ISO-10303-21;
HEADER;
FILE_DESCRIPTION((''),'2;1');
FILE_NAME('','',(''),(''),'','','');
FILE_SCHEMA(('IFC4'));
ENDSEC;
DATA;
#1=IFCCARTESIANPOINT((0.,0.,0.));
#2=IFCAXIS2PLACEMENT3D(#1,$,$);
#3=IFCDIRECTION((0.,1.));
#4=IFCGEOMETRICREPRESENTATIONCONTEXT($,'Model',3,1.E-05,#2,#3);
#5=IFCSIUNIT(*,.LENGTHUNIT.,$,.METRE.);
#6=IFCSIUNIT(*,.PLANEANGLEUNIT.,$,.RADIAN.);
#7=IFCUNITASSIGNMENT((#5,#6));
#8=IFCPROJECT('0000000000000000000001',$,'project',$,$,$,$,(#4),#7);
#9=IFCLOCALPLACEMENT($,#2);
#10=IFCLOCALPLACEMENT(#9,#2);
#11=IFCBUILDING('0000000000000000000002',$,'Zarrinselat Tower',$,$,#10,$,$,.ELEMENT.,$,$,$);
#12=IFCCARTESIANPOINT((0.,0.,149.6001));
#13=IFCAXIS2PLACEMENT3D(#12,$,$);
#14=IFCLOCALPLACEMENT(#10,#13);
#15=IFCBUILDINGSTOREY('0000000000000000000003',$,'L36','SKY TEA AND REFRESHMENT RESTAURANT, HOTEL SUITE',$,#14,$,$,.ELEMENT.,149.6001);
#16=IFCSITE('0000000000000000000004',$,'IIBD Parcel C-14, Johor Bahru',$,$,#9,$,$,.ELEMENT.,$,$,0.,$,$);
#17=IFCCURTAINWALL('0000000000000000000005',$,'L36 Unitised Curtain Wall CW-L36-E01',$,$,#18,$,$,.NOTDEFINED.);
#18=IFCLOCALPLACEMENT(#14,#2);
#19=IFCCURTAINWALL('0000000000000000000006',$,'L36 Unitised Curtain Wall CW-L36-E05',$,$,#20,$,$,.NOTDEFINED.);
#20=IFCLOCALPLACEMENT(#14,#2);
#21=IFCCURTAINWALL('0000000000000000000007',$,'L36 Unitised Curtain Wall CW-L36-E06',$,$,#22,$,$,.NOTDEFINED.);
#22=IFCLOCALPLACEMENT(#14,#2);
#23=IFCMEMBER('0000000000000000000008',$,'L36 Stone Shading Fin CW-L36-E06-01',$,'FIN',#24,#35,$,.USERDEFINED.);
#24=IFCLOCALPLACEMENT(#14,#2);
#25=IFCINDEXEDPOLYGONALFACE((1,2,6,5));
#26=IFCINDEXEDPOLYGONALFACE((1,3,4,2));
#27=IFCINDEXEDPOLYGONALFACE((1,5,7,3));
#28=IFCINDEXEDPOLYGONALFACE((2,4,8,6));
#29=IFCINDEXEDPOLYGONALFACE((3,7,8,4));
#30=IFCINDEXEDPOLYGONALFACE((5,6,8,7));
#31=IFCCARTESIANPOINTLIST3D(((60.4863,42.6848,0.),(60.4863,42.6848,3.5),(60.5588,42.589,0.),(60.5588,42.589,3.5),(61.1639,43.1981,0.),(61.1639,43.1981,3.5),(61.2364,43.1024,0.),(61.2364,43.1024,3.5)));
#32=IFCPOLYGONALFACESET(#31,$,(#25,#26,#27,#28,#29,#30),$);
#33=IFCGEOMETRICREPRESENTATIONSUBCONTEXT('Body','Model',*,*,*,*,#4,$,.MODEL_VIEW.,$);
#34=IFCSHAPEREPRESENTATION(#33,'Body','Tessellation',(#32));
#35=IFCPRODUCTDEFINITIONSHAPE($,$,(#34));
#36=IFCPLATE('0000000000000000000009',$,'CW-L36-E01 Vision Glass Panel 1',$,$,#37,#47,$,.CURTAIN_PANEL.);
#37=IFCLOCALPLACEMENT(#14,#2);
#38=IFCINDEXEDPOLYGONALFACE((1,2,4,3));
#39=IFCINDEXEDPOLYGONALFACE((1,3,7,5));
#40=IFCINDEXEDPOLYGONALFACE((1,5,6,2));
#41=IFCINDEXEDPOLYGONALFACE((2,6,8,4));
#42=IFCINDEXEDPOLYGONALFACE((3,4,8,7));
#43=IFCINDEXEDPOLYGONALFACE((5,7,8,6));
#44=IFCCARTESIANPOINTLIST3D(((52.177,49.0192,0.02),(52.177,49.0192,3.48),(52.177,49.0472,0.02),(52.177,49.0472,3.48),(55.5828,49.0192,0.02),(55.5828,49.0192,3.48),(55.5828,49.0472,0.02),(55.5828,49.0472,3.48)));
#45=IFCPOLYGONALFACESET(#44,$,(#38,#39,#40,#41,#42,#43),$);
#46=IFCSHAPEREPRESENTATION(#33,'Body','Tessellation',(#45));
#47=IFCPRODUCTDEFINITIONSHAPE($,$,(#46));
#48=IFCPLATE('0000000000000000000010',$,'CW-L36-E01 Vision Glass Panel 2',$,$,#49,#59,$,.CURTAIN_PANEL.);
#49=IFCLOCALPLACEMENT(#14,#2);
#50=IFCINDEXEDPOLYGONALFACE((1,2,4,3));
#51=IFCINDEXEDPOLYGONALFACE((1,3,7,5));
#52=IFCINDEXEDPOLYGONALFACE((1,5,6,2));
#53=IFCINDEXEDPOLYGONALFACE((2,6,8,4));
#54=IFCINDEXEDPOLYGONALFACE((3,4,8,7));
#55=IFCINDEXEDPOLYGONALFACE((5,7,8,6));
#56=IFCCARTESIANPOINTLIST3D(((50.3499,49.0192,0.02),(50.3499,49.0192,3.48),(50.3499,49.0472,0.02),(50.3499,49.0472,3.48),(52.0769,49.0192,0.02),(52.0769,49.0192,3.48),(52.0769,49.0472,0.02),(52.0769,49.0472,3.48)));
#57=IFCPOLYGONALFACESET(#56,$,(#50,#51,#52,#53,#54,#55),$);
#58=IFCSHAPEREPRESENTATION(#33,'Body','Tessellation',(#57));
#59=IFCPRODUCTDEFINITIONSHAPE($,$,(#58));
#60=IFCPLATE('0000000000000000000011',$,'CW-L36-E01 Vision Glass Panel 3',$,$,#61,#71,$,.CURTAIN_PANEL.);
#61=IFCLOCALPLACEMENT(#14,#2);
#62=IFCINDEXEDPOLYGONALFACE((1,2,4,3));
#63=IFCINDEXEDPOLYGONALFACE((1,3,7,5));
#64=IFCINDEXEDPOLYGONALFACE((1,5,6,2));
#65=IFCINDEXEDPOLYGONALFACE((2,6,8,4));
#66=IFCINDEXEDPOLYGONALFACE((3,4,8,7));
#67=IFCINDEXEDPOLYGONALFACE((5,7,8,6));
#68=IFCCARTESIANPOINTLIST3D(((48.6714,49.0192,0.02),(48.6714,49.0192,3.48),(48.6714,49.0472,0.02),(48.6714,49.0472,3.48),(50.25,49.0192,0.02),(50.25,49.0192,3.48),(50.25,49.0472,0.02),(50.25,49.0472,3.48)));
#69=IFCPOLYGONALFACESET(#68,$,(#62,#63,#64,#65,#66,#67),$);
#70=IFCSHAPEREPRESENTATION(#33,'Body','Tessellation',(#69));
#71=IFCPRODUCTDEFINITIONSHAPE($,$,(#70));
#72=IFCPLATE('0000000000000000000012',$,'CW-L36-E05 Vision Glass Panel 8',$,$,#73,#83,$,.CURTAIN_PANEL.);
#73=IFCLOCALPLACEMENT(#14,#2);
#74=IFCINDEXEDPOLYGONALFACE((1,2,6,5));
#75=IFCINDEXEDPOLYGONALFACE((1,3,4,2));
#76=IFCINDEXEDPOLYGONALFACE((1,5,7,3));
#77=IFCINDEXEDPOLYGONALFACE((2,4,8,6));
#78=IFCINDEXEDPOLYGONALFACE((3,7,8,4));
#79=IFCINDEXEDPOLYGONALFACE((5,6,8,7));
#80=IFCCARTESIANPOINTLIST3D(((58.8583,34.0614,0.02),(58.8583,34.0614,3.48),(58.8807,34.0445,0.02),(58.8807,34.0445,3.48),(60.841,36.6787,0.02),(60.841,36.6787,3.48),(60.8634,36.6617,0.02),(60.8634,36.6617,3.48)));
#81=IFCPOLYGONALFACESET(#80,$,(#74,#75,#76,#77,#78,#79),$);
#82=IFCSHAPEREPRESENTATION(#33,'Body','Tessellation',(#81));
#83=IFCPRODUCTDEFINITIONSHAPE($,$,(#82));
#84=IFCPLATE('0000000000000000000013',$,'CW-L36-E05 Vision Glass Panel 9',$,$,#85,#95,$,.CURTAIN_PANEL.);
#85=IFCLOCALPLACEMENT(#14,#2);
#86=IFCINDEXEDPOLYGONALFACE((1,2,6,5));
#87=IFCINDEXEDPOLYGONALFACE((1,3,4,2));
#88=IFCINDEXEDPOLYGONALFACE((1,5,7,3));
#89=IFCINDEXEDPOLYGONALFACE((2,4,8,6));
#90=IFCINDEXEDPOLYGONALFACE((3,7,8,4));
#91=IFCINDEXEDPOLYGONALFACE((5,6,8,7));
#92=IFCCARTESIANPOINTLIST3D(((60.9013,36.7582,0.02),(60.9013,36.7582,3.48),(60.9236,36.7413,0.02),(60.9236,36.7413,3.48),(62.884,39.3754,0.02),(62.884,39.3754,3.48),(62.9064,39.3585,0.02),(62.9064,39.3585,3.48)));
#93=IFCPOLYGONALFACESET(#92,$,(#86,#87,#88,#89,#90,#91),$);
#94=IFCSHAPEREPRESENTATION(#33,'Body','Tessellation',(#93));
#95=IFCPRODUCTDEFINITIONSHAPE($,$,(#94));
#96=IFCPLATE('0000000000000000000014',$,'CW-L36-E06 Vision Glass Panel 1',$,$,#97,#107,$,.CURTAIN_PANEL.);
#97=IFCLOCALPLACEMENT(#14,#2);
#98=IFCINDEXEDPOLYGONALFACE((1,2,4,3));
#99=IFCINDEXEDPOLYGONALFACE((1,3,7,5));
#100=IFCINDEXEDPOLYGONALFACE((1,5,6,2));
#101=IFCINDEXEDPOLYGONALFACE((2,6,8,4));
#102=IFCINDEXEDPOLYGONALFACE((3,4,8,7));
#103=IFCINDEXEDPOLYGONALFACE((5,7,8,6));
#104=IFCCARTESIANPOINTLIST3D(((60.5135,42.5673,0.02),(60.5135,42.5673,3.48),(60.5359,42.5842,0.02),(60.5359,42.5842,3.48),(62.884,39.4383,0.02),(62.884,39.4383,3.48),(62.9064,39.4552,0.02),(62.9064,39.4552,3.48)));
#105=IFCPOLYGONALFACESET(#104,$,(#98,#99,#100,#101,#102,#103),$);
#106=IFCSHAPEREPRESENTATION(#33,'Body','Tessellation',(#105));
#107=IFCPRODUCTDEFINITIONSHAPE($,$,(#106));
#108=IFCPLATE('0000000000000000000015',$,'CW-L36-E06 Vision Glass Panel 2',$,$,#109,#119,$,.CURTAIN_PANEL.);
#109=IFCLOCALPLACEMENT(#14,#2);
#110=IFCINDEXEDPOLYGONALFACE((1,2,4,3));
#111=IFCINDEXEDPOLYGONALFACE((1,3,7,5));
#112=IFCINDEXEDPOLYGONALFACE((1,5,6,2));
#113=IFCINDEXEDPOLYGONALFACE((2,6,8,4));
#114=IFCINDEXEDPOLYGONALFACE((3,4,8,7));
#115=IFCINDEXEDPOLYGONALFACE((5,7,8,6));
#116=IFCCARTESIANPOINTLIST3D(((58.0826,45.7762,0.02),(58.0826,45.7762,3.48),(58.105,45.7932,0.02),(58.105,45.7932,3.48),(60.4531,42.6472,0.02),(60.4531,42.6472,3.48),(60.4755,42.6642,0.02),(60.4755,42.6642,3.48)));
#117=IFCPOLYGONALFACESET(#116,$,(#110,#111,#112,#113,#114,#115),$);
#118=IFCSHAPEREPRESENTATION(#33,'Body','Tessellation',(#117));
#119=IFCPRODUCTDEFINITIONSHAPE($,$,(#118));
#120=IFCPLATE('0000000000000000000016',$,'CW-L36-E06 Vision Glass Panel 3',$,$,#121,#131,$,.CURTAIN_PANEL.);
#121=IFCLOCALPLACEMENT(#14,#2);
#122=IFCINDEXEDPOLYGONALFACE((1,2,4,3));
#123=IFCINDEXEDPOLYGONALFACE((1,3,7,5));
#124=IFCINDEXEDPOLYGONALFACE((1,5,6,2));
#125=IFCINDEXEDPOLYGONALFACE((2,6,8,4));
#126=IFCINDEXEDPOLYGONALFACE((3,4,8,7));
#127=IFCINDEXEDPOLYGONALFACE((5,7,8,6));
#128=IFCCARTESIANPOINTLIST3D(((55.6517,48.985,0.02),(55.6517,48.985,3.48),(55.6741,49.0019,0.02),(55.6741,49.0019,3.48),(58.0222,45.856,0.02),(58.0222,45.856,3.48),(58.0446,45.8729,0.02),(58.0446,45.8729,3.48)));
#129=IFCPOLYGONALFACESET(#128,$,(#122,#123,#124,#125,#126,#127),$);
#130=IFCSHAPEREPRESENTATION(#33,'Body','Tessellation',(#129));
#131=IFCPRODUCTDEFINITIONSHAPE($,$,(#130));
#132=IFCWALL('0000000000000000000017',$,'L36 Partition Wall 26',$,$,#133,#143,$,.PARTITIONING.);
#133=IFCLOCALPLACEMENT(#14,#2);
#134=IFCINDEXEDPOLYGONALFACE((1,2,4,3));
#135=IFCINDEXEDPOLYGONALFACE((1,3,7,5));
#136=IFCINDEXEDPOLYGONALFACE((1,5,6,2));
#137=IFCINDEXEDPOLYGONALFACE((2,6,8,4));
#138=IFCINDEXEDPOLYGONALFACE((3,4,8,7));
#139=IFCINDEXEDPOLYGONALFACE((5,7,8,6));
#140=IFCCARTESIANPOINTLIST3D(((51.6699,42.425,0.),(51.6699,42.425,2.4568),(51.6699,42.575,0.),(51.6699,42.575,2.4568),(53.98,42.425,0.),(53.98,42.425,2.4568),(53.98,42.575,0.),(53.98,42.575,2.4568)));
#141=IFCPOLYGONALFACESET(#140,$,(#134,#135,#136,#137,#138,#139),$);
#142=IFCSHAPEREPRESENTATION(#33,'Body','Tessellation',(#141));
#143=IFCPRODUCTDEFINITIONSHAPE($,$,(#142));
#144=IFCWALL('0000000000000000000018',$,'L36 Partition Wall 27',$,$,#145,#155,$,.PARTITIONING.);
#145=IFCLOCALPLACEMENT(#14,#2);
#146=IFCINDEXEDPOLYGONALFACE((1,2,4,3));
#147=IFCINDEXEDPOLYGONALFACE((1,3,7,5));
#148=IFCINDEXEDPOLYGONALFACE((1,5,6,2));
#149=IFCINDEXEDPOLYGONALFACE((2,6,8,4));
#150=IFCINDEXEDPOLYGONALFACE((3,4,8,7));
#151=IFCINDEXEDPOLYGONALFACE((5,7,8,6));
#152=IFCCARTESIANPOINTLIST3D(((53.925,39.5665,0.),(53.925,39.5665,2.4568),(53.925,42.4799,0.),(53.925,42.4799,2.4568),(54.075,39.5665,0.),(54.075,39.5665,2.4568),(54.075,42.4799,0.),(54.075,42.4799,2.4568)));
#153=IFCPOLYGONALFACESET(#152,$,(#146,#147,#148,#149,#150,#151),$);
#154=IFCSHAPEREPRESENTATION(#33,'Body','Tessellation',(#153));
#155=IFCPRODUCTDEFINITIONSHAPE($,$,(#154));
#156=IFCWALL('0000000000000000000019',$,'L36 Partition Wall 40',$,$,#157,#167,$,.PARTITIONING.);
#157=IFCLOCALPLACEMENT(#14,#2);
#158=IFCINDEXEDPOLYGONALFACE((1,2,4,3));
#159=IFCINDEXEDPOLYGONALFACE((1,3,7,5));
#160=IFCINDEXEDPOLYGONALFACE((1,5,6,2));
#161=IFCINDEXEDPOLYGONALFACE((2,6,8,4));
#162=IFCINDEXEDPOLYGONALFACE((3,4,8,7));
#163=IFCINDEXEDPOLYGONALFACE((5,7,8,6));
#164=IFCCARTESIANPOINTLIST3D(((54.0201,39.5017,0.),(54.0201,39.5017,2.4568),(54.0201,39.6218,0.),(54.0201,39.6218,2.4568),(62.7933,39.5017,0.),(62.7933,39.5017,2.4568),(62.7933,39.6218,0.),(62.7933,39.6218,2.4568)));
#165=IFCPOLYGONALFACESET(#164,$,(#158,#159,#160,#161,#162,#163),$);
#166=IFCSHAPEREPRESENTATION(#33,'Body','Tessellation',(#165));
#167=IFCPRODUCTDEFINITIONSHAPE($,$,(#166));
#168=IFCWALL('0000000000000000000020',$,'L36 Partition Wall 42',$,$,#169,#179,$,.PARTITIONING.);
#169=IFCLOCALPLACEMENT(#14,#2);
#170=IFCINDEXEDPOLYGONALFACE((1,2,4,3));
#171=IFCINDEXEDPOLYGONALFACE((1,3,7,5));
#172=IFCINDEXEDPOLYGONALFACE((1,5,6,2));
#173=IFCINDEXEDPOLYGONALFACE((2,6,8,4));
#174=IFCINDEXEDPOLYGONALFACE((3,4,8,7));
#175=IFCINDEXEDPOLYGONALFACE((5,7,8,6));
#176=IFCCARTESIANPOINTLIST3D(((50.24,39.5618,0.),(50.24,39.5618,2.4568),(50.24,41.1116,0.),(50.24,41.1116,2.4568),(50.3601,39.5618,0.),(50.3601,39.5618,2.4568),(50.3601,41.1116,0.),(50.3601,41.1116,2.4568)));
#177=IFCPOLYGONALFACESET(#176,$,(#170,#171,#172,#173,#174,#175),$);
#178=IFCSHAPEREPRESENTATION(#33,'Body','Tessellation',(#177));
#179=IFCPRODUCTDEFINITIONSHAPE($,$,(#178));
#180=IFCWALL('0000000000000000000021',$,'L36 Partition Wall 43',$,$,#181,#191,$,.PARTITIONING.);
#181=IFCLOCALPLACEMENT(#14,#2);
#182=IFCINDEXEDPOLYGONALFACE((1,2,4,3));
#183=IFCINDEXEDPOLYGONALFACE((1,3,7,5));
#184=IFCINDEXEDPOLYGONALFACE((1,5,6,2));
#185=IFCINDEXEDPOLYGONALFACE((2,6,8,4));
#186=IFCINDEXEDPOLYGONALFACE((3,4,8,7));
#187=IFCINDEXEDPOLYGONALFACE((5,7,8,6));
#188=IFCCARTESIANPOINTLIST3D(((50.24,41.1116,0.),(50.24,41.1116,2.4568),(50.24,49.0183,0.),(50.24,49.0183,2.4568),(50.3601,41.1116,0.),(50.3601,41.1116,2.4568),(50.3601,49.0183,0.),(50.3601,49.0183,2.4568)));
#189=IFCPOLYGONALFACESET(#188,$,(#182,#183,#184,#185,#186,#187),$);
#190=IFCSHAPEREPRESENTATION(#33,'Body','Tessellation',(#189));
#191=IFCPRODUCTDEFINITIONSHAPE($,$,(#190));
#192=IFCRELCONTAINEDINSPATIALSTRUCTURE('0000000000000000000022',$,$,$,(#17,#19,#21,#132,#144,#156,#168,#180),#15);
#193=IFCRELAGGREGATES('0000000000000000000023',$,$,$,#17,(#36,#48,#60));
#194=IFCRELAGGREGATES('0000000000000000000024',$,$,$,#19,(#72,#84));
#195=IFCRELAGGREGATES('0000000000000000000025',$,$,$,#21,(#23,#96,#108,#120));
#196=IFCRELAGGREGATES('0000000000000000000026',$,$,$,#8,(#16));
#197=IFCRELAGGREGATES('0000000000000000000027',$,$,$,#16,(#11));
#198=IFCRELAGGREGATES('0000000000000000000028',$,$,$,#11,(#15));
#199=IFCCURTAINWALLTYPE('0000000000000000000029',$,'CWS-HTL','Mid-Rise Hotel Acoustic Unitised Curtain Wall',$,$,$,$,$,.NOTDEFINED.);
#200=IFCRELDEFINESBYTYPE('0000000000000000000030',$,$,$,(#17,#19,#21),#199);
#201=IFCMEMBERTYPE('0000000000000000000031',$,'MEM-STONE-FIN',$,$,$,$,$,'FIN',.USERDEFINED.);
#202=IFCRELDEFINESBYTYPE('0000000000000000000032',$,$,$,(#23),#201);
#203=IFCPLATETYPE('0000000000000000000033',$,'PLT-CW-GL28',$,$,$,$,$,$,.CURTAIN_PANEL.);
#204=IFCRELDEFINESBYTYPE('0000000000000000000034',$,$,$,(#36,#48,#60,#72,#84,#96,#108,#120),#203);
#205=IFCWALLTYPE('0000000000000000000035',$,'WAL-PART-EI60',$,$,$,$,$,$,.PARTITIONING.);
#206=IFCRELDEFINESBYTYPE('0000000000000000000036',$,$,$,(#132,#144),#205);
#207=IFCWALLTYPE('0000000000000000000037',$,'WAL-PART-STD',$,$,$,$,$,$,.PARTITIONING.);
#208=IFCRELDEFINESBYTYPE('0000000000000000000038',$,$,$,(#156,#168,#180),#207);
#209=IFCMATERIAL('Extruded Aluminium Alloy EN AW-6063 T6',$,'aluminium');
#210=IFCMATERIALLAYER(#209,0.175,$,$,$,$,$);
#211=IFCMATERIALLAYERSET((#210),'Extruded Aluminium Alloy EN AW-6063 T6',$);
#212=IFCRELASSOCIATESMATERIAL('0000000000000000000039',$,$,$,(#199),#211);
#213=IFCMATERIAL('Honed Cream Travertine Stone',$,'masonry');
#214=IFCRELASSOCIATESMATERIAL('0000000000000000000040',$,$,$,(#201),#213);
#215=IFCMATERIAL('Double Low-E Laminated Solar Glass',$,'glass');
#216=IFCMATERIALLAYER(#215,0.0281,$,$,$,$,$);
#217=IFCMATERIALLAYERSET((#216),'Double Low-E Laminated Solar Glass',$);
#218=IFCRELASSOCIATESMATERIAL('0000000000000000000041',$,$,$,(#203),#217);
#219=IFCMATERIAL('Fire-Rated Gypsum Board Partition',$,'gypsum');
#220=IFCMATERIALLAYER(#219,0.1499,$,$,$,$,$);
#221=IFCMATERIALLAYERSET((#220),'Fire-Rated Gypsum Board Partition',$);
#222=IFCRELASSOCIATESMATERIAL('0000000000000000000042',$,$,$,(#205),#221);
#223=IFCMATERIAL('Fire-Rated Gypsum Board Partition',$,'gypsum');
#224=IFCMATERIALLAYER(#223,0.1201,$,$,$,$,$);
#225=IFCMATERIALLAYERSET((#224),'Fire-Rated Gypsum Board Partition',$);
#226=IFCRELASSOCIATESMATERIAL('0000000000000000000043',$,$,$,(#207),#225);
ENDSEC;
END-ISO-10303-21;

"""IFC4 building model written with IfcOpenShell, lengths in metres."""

from ifc_helpers import new_model, si_unit, direction, frame, frame_2d, origin, origin_2d, place, context, subcontext, project, spatial, rectangle, extrude, material, layer, layer_set, material_profile, profile_set, type_object, element, aggregate, save


model = new_model("IFC4")

# Units and contexts
model_context = context("Model", 3, precision=1e-05, world=origin(), true_north=direction((0.0, 1.0)))
body_context = subcontext(model_context, "Body", "Model", "MODEL_VIEW")
ifc_project = project(units=[si_unit("LENGTHUNIT", "METRE"), si_unit("PLANEANGLEUNIT", "RADIAN")], contexts=[model_context])

# Site, building, storey
site_placement = place(None, origin())
site = spatial("IfcSite", under=ifc_project, at=site_placement, Name="IIBD Parcel C-14, Johor Bahru", CompositionType="ELEMENT", RefElevation=0.0)
building_placement = place(site_placement, origin())
building = spatial("IfcBuilding", under=site, at=building_placement, Name="Zarrinselat Tower", CompositionType="ELEMENT")
storey_placement = place(building_placement, frame((0.0, 0.0, 149.6001)))
storey = spatial("IfcBuildingStorey", under=building, at=storey_placement, Name="L36", Description="SKY TEA AND REFRESHMENT RESTAURANT, HOTEL SUITE", CompositionType="ELEMENT", Elevation=149.6001)

# Curtain walls
ifc_material_1 = material(Name="Extruded Aluminium Alloy EN AW-6063 T6", Category="aluminium")
ifc_layer_1 = layer(ifc_material_1, 0.175)
ifc_layer_set_1 = layer_set([ifc_layer_1], Name="Extruded Aluminium Alloy EN AW-6063 T6")
curtain_wall_type = type_object("IfcCurtainWallType", Name="CWS-HTL", Description="Mid-Rise Hotel Acoustic Unitised Curtain Wall", PredefinedType="NOTDEFINED", material=ifc_layer_set_1)
curtain_wall_1_placement = place(storey_placement, origin())
curtain_wall_1 = element("IfcCurtainWall", 1, at=curtain_wall_1_placement, inside=storey, type_object=curtain_wall_type, Name="L36 Unitised Curtain Wall CW-L36-E01", PredefinedType="NOTDEFINED")
curtain_wall_2_placement = place(storey_placement, origin())
curtain_wall_2 = element("IfcCurtainWall", 2, at=curtain_wall_2_placement, inside=storey, type_object=curtain_wall_type, Name="L36 Unitised Curtain Wall CW-L36-E05", PredefinedType="NOTDEFINED")
curtain_wall_3_placement = place(storey_placement, origin())
curtain_wall_3 = element("IfcCurtainWall", 3, at=curtain_wall_3_placement, inside=storey, type_object=curtain_wall_type, Name="L36 Unitised Curtain Wall CW-L36-E06", PredefinedType="NOTDEFINED")

# Member
ifc_material_2 = material(Name="Honed Cream Travertine Stone", Category="masonry")
ifc_material_profile_1 = material_profile(ifc_material_2, rectangle(XDim=0.1201, YDim=0.8501, at=origin_2d()), Name="FIN 850x120")
ifc_profile_set_1 = profile_set([ifc_material_profile_1], Name="Honed Cream Travertine Stone")
member_type_1 = type_object("IfcMemberType", Name="MEM-STONE-FIN", ElementType="FIN", PredefinedType="USERDEFINED", material=ifc_profile_set_1)
member_1_placement = place(storey_placement, frame((60.8613, 42.8936, 0.0), z_axis=(0.0, 0.0, 1.0), x_axis=(0.603862, -0.797089, 0.0)))
member_1 = element("IfcMember", 4, at=member_1_placement, type_object=member_type_1, Name="L36 Stone Shading Fin CW-L36-E06-01", ObjectType="FIN", PredefinedType="USERDEFINED", context=body_context, shape_type="SweptSolid", body=[
    extrude(rectangle(XDim=0.1201, YDim=0.8501, at=origin_2d()), origin(), (0.0, 0.0, 1.0), 3.5),
])

# Plates
ifc_material_3 = material(Name="Double Low-E Laminated Solar Glass", Category="glass")
ifc_layer_2 = layer(ifc_material_3, 0.0281)
ifc_layer_set_2 = layer_set([ifc_layer_2], Name="Double Low-E Laminated Solar Glass")
plate_type = type_object("IfcPlateType", Name="PLT-CW-GL28", PredefinedType="CURTAIN_PANEL", material=ifc_layer_set_2)
plate_1_placement = place(storey_placement, frame((53.8799, 49.0332, 0.02), z_axis=(0.0, 0.0, 1.0), x_axis=(-1.0, 0.0, 0.0)))
plate_1 = element("IfcPlate", 5, at=plate_1_placement, type_object=plate_type, Name="CW-L36-E01 Vision Glass Panel 1", PredefinedType="CURTAIN_PANEL", context=body_context, shape_type="SweptSolid", body=[
    extrude(rectangle(XDim=3.4058, YDim=0.0281, at=origin_2d()), origin(), (0.0, 0.0, 1.0), 3.46),
])
plate_2_placement = place(storey_placement, frame((51.2134, 49.0332, 0.02), z_axis=(0.0, 0.0, 1.0), x_axis=(-1.0, 0.0, 0.0)))
plate_2 = element("IfcPlate", 6, at=plate_2_placement, type_object=plate_type, Name="CW-L36-E01 Vision Glass Panel 2", PredefinedType="CURTAIN_PANEL", context=body_context, shape_type="SweptSolid", body=[
    extrude(rectangle(XDim=1.7271, YDim=0.0281, at=origin_2d()), origin(), (0.0, 0.0, 1.0), 3.46),
])
plate_3_placement = place(storey_placement, frame((49.4607, 49.0332, 0.02), z_axis=(0.0, 0.0, 1.0), x_axis=(-1.0, 0.0, 0.0)))
plate_3 = element("IfcPlate", 7, at=plate_3_placement, type_object=plate_type, Name="CW-L36-E01 Vision Glass Panel 3", PredefinedType="CURTAIN_PANEL", context=body_context, shape_type="SweptSolid", body=[
    extrude(rectangle(XDim=1.5786, YDim=0.0281, at=origin_2d()), origin(), (0.0, 0.0, 1.0), 3.46),
])
aggregate(curtain_wall_1, [plate_1, plate_2, plate_3])
plate_4_placement = place(storey_placement, frame((59.8608, 35.3616, 0.02), z_axis=(0.0, 0.0, 1.0), x_axis=(0.603858, 0.797092, 0.0)))
plate_4 = element("IfcPlate", 8, at=plate_4_placement, type_object=plate_type, Name="CW-L36-E05 Vision Glass Panel 8", PredefinedType="CURTAIN_PANEL", context=body_context, shape_type="SweptSolid", body=[
    extrude(rectangle(XDim=3.2834, YDim=0.0281, at=origin_2d()), origin(), (0.0, 0.0, 1.0), 3.46),
])
plate_5_placement = place(storey_placement, frame((61.9038, 38.0583, 0.02), z_axis=(0.0, 0.0, 1.0), x_axis=(0.603858, 0.797092, 0.0)))
plate_5 = element("IfcPlate", 9, at=plate_5_placement, type_object=plate_type, Name="CW-L36-E05 Vision Glass Panel 9", PredefinedType="CURTAIN_PANEL", context=body_context, shape_type="SweptSolid", body=[
    extrude(rectangle(XDim=3.2834, YDim=0.0281, at=origin_2d()), origin(), (0.0, 0.0, 1.0), 3.46),
])
aggregate(curtain_wall_2, [plate_4, plate_5])
plate_6_placement = place(storey_placement, frame((61.71, 41.0112, 0.02), z_axis=(0.0, 0.0, 1.0), x_axis=(-0.603862, 0.797089, 0.0)))
plate_6 = element("IfcPlate", 10, at=plate_6_placement, type_object=plate_type, Name="CW-L36-E06 Vision Glass Panel 1", PredefinedType="CURTAIN_PANEL", context=body_context, shape_type="SweptSolid", body=[
    extrude(rectangle(XDim=3.9255, YDim=0.0281, at=origin_2d()), origin(), (0.0, 0.0, 1.0), 3.46),
])
plate_7_placement = place(storey_placement, frame((59.2791, 44.2202, 0.02), z_axis=(0.0, 0.0, 1.0), x_axis=(-0.603862, 0.797089, 0.0)))
plate_7 = element("IfcPlate", 11, at=plate_7_placement, type_object=plate_type, Name="CW-L36-E06 Vision Glass Panel 2", PredefinedType="CURTAIN_PANEL", context=body_context, shape_type="SweptSolid", body=[
    extrude(rectangle(XDim=3.9255, YDim=0.0281, at=origin_2d()), origin(), (0.0, 0.0, 1.0), 3.46),
])
plate_8_placement = place(storey_placement, frame((56.8481, 47.429, 0.02), z_axis=(0.0, 0.0, 1.0), x_axis=(-0.603862, 0.797089, 0.0)))
plate_8 = element("IfcPlate", 12, at=plate_8_placement, type_object=plate_type, Name="CW-L36-E06 Vision Glass Panel 3", PredefinedType="CURTAIN_PANEL", context=body_context, shape_type="SweptSolid", body=[
    extrude(rectangle(XDim=3.9255, YDim=0.0281, at=origin_2d()), origin(), (0.0, 0.0, 1.0), 3.46),
])
aggregate(curtain_wall_3, [member_1, plate_6, plate_7, plate_8])

# Walls
ifc_material_4 = material(Name="Fire-Rated Gypsum Board Partition", Category="gypsum")
ifc_layer_3 = layer(ifc_material_4, 0.1499)
ifc_layer_set_3 = layer_set([ifc_layer_3], Name="Fire-Rated Gypsum Board Partition")
wall_type_1 = type_object("IfcWallType", Name="WAL-PART-EI60", PredefinedType="PARTITIONING", material=ifc_layer_set_3)
wall_1_placement = place(storey_placement, frame((51.6699, 42.5, 0.0), z_axis=(0.0, 0.0, 1.0), x_axis=(1.0, 0.0, 0.0)))
element("IfcWall", 13, at=wall_1_placement, inside=storey, type_object=wall_type_1, Name="L36 Partition Wall 26", PredefinedType="PARTITIONING", context=body_context, shape_type="SweptSolid", body=[
    extrude(rectangle(XDim=2.3101, YDim=0.1499, at=frame_2d((1.155, 0.0))), origin(), (0.0, 0.0, 1.0), 2.4568),
])
wall_2_placement = place(storey_placement, frame((54.0, 39.5667, 0.0), z_axis=(0.0, 0.0, 1.0), x_axis=(0.0, 1.0, 0.0)))
element("IfcWall", 14, at=wall_2_placement, inside=storey, type_object=wall_type_1, Name="L36 Partition Wall 27", PredefinedType="PARTITIONING", context=body_context, shape_type="SweptSolid", body=[
    extrude(rectangle(XDim=2.9133, YDim=0.1499, at=frame_2d((1.4565, 0.0))), origin(), (0.0, 0.0, 1.0), 2.4568),
])
ifc_material_5 = material(Name="Fire-Rated Gypsum Board Partition", Category="gypsum")
ifc_layer_4 = layer(ifc_material_5, 0.1201)
ifc_layer_set_4 = layer_set([ifc_layer_4], Name="Fire-Rated Gypsum Board Partition")
wall_type_2 = type_object("IfcWallType", Name="WAL-PART-STD", PredefinedType="PARTITIONING", material=ifc_layer_set_4)
wall_3_placement = place(storey_placement, frame((54.02, 39.5618, 0.0), z_axis=(0.0, 0.0, 1.0), x_axis=(1.0, 0.0, 0.0)))
element("IfcWall", 15, at=wall_3_placement, inside=storey, type_object=wall_type_2, Name="L36 Partition Wall 40", PredefinedType="PARTITIONING", context=body_context, shape_type="SweptSolid", body=[
    extrude(rectangle(XDim=8.7732, YDim=0.1201, at=frame_2d((4.3867, 0.0))), origin(), (0.0, 0.0, 1.0), 2.4568),
])
wall_4_placement = place(storey_placement, frame((50.3, 39.5618, 0.0), z_axis=(0.0, 0.0, 1.0), x_axis=(0.0, 1.0, 0.0)))
element("IfcWall", 16, at=wall_4_placement, inside=storey, type_object=wall_type_2, Name="L36 Partition Wall 42", PredefinedType="PARTITIONING", context=body_context, shape_type="SweptSolid", body=[
    extrude(rectangle(XDim=1.5498, YDim=0.1201, at=frame_2d((0.7749, 0.0))), origin(), (0.0, 0.0, 1.0), 2.4568),
])
wall_5_placement = place(storey_placement, frame((50.3, 41.1116, 0.0), z_axis=(0.0, 0.0, 1.0), x_axis=(0.0, 1.0, 0.0)))
element("IfcWall", 17, at=wall_5_placement, inside=storey, type_object=wall_type_2, Name="L36 Partition Wall 43", PredefinedType="PARTITIONING", context=body_context, shape_type="SweptSolid", body=[
    extrude(rectangle(XDim=7.9067, YDim=0.1201, at=frame_2d((3.9534, 0.0))), origin(), (0.0, 0.0, 1.0), 2.4568),
])

save(model, "model.ifc")
